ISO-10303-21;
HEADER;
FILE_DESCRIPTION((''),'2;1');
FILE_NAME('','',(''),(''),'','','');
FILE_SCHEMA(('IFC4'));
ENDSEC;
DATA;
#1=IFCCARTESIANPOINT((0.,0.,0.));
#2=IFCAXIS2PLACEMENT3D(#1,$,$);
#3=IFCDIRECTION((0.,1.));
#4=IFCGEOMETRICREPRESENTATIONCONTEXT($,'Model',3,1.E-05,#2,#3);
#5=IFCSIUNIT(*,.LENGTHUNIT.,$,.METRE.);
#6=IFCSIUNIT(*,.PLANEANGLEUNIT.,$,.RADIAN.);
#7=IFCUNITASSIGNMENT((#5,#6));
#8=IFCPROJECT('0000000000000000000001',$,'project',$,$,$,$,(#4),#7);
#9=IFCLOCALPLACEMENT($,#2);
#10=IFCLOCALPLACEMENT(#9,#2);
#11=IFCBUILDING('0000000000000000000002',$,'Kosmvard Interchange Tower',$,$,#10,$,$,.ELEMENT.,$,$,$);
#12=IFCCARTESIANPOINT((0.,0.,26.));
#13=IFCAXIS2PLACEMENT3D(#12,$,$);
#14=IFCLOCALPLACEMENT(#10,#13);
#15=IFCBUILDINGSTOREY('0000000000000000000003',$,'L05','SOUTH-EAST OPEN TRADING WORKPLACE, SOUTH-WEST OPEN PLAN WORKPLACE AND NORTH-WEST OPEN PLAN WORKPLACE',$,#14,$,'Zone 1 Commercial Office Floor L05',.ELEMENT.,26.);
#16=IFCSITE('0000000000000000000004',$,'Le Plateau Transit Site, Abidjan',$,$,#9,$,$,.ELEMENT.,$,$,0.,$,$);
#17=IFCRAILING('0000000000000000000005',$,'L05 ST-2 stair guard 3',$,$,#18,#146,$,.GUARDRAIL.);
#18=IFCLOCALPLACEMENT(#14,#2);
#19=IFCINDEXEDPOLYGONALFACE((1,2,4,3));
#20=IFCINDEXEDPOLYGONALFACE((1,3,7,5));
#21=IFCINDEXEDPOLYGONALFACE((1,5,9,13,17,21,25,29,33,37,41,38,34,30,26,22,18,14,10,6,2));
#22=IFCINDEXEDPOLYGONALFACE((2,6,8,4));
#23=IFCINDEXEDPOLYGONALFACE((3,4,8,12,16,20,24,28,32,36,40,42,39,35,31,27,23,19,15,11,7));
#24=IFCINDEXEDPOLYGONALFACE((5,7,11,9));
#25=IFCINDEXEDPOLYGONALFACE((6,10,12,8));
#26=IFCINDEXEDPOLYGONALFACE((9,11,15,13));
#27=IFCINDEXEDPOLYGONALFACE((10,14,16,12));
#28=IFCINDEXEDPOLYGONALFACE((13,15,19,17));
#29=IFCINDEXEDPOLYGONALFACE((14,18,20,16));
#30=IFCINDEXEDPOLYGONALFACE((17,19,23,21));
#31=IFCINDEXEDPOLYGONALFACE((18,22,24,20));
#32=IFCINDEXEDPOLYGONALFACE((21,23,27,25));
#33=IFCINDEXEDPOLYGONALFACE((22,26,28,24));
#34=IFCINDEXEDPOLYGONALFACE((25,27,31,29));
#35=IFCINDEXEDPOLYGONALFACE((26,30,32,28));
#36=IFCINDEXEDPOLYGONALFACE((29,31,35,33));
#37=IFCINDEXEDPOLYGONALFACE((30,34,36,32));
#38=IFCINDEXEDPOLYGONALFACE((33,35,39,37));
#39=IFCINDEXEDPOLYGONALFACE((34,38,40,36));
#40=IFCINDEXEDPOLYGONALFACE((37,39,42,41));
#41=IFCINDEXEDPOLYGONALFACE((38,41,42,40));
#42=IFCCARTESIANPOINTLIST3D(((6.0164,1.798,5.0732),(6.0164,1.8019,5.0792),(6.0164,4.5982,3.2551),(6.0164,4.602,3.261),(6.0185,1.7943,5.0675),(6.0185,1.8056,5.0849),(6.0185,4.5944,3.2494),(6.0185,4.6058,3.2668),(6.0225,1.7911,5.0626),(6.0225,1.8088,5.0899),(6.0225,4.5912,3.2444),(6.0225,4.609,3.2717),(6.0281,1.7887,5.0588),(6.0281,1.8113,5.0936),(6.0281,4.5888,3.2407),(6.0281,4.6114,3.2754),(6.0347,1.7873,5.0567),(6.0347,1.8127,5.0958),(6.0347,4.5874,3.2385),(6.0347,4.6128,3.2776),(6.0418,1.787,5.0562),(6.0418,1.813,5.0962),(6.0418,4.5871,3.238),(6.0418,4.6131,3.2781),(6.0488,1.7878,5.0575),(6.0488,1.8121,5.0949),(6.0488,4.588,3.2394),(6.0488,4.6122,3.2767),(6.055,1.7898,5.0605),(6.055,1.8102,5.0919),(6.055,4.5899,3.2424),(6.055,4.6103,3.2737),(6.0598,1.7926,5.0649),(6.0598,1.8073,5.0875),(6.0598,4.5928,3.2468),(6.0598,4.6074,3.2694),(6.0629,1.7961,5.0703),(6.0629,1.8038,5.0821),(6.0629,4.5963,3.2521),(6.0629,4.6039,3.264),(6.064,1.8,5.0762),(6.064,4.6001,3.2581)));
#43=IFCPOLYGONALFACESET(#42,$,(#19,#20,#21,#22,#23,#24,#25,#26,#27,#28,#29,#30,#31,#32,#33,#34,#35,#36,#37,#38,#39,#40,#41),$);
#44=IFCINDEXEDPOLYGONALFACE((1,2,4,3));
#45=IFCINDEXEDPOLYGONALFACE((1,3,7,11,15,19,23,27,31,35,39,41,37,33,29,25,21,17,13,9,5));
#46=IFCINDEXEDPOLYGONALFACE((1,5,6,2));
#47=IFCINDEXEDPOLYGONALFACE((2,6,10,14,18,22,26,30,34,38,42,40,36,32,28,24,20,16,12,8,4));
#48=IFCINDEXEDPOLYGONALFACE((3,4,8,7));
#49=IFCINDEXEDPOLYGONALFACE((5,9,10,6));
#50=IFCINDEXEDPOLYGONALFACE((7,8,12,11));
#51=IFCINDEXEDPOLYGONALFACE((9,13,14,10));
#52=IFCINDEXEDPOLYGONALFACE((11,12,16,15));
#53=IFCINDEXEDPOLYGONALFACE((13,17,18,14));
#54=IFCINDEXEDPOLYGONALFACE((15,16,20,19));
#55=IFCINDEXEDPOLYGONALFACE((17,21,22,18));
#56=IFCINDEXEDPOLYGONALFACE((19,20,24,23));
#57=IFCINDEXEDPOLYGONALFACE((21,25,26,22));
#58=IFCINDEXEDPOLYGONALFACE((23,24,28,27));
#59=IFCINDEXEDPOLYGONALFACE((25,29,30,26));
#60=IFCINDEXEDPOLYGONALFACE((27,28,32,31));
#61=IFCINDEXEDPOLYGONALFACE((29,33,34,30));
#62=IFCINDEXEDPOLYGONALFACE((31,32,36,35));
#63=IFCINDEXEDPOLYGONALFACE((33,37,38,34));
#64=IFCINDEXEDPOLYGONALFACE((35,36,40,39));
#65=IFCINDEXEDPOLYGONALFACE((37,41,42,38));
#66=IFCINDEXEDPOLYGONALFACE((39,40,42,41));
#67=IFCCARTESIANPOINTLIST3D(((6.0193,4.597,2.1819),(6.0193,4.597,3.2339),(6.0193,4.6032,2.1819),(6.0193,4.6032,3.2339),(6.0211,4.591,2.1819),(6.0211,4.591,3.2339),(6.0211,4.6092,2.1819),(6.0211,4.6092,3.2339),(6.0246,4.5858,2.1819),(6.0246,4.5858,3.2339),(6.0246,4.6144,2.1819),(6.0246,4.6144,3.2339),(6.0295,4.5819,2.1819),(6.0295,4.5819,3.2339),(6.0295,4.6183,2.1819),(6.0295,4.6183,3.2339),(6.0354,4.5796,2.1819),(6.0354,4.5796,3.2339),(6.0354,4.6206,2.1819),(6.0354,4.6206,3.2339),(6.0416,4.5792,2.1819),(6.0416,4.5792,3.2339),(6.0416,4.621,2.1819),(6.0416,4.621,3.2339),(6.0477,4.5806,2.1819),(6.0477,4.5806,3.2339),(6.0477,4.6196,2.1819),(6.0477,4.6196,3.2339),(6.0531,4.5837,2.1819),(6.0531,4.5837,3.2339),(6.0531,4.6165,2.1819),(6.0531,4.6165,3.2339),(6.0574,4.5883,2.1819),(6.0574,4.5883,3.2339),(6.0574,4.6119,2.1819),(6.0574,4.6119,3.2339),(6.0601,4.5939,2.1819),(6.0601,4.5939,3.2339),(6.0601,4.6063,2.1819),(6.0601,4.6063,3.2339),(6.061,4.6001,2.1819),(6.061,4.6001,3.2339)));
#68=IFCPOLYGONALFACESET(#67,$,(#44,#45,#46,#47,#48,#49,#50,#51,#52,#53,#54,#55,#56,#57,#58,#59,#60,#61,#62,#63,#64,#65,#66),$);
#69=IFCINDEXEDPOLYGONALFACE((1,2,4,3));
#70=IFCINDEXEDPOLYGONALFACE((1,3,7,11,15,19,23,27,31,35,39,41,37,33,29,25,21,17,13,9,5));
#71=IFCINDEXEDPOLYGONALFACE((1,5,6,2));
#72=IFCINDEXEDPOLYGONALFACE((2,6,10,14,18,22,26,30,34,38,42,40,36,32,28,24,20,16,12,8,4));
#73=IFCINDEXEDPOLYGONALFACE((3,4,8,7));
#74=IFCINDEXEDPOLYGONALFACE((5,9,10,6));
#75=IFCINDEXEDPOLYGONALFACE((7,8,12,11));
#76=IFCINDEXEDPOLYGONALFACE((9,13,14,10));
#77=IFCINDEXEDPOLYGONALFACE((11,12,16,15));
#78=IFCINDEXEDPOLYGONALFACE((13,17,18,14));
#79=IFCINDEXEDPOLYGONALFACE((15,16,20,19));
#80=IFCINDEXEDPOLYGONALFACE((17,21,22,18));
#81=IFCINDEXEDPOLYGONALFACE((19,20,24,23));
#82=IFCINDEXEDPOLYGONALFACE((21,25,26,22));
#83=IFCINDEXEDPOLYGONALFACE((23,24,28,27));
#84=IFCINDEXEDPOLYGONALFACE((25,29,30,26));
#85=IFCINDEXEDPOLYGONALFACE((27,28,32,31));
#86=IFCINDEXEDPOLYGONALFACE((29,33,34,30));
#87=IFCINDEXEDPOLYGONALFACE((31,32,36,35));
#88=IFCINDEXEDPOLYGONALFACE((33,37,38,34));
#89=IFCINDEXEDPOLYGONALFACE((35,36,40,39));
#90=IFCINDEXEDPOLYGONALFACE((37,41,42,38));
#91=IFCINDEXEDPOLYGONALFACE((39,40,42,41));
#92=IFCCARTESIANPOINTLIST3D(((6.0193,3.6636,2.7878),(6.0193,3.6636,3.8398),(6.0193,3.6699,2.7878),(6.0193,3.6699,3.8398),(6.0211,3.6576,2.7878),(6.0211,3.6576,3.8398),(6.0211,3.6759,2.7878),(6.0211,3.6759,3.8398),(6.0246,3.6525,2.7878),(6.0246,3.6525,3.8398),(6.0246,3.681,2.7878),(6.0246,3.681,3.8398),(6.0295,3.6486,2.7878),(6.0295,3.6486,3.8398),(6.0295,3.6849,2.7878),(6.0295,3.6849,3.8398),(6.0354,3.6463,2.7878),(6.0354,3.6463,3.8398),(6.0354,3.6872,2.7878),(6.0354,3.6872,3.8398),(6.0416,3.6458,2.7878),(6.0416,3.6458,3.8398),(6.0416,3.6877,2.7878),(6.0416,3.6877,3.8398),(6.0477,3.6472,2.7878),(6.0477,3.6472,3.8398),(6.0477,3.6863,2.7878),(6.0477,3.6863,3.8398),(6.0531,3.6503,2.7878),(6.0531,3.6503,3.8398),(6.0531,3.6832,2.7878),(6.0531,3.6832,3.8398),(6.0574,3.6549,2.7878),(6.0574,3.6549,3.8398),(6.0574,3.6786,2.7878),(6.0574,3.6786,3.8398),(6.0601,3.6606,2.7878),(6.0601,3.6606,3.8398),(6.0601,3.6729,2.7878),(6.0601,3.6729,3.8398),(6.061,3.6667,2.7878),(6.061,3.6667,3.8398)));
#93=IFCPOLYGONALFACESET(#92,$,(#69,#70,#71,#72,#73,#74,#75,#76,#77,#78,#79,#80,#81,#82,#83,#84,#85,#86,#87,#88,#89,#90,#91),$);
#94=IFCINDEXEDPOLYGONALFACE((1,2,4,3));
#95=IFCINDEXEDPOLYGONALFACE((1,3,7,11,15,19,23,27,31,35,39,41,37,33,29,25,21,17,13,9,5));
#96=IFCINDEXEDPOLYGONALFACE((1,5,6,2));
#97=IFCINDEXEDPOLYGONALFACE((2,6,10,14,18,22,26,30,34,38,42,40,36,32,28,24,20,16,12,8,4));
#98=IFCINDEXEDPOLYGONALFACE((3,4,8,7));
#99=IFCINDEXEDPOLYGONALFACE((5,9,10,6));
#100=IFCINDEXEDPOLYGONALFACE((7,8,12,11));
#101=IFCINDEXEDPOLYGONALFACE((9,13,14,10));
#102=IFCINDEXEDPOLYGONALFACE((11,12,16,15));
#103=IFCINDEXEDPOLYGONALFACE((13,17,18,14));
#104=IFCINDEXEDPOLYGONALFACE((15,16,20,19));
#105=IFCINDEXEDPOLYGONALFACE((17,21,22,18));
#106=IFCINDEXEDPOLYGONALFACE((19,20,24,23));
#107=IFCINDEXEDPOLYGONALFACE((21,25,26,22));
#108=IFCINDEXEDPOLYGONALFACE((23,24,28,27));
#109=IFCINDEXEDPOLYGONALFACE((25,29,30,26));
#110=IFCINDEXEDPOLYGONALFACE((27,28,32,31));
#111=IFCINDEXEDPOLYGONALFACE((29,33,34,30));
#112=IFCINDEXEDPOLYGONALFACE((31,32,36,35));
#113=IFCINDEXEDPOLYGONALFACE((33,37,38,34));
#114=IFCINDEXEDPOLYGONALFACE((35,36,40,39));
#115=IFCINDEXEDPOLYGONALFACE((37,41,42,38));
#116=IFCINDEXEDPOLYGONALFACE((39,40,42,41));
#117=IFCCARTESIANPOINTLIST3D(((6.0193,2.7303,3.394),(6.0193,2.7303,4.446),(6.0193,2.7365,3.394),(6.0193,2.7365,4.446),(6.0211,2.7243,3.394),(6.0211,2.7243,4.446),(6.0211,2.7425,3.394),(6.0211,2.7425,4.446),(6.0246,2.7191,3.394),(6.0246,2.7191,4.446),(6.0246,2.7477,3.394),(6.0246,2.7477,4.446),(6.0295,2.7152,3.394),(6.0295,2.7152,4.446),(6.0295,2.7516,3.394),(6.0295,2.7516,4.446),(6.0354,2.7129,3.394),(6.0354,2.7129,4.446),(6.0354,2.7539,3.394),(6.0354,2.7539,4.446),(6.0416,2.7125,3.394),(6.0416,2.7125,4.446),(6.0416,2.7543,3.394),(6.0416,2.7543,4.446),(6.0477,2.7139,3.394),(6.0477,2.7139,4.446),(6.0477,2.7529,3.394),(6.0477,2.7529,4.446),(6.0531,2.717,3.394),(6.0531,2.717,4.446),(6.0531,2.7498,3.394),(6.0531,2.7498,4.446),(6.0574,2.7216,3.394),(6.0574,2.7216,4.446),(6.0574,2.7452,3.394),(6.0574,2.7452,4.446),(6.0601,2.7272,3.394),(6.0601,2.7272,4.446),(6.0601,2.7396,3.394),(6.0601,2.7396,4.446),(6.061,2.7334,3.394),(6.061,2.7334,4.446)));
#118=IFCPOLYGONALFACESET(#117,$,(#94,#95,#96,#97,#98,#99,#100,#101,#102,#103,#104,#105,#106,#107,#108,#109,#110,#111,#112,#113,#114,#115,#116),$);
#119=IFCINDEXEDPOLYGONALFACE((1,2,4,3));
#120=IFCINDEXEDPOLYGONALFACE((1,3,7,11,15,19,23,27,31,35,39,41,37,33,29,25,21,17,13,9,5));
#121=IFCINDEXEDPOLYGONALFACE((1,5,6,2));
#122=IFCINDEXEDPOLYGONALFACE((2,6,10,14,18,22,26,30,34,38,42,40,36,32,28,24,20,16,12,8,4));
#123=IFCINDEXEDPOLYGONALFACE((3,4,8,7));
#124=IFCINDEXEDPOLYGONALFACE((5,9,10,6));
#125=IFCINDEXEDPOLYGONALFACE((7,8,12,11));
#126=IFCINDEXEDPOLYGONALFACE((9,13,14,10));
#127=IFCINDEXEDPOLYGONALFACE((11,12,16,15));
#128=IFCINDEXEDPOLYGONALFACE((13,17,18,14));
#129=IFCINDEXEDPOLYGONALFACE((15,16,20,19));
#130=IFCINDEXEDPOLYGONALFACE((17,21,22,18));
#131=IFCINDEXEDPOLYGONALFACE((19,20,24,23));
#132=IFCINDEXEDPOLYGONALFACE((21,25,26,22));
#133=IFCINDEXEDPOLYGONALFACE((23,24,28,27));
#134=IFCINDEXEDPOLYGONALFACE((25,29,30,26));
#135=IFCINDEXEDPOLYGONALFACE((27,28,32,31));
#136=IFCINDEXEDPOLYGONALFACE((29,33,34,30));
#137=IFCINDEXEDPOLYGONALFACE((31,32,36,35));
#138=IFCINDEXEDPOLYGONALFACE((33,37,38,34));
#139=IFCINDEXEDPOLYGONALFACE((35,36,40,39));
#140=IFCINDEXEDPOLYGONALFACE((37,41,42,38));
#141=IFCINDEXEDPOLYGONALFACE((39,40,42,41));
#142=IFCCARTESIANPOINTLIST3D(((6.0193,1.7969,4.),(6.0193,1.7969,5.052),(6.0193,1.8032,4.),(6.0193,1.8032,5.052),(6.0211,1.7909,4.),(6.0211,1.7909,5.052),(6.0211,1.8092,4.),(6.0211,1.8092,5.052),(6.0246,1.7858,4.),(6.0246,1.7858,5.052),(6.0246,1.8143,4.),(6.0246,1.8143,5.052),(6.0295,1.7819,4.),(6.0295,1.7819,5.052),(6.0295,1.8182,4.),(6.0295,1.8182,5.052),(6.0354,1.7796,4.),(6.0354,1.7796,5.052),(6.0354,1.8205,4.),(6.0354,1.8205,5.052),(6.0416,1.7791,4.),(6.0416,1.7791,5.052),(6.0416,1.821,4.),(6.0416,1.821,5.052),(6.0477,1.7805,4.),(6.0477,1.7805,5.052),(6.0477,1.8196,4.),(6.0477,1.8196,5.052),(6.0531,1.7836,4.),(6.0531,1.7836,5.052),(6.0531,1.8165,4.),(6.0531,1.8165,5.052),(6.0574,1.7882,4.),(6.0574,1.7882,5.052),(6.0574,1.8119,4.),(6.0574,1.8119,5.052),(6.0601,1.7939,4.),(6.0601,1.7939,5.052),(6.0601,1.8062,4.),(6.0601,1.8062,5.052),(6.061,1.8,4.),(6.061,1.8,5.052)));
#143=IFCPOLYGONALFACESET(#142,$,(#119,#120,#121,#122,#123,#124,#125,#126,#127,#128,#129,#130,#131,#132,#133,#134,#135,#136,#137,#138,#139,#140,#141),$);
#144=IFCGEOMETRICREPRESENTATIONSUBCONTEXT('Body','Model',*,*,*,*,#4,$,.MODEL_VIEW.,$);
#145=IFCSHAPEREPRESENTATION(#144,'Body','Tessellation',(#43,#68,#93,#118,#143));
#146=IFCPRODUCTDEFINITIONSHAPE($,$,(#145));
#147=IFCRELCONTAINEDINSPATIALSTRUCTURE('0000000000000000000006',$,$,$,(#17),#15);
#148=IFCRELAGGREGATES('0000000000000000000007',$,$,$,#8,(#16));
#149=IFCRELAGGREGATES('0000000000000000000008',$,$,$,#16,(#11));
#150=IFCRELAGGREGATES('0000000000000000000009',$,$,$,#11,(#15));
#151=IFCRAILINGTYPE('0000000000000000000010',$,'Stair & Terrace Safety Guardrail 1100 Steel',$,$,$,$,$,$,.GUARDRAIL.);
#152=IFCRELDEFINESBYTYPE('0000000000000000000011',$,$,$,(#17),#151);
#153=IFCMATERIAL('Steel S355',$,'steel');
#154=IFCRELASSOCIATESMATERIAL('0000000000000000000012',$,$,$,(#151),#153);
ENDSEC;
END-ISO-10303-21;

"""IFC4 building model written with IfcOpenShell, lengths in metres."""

from ifc_helpers import new_model, si_unit, direction, frame, origin, origin_2d, place, context, subcontext, project, spatial, circle, extrude, source, transform, mapped, material, type_object, element, save


model = new_model("IFC4")

# Units and contexts
model_context = context("Model", 3, precision=1e-05, world=origin(), true_north=direction((0.0, 1.0)))
body_context = subcontext(model_context, "Body", "Model", "MODEL_VIEW")
ifc_project = project(units=[si_unit("LENGTHUNIT", "METRE"), si_unit("PLANEANGLEUNIT", "RADIAN")], contexts=[model_context])

# Site, building, storey
site_placement = place(None, origin())
site = spatial("IfcSite", under=ifc_project, at=site_placement, Name="Le Plateau Transit Site, Abidjan", CompositionType="ELEMENT", RefElevation=0.0)
building_placement = place(site_placement, origin())
building = spatial("IfcBuilding", under=site, at=building_placement, Name="Kosmvard Interchange Tower", CompositionType="ELEMENT")
storey_placement = place(building_placement, frame((0.0, 0.0, 26.0)))
storey = spatial("IfcBuildingStorey", under=building, at=storey_placement, Name="L05", Description="SOUTH-EAST OPEN TRADING WORKPLACE, SOUTH-WEST OPEN PLAN WORKPLACE AND NORTH-WEST OPEN PLAN WORKPLACE", LongName="Zone 1 Commercial Office Floor L05", CompositionType="ELEMENT", Elevation=26.0)

# Railing
ifc_material_1 = material(Name="Steel S355", Category="steel")
railing_type_1 = type_object("IfcRailingType", Name="Stair & Terrace Safety Guardrail 1100 Steel", PredefinedType="GUARDRAIL", material=ifc_material_1)
shared_shape_1 = source(origin(), body_context, "Body", "SweptSolid", [
    extrude(circle(Radius=0.0239, at=origin_2d()), frame((0.0, 0.0, 1.0762), z_axis=(0.0, -0.838706, 0.544585), x_axis=(1.0, 0.0, 0.0)), (0.0, 0.0, 1.0), 3.3386),
    extrude(circle(Radius=0.021, at=origin_2d()), origin(), (0.0, 0.0, 1.0), 1.052),
    extrude(circle(Radius=0.021, at=origin_2d()), frame((0.0, -0.9333, 0.606)), (0.0, 0.0, 1.0), 1.052),
    extrude(circle(Radius=0.021, at=origin_2d()), frame((0.0, -1.8667, 1.2122)), (0.0, 0.0, 1.0), 1.052),
    extrude(circle(Radius=0.021, at=origin_2d()), frame((0.0, -2.8, 1.8181)), (0.0, 0.0, 1.0), 1.052),
])
railing_1_placement = place(storey_placement, frame((6.04, 4.6001, 2.1819)))
element("IfcRailing", 1, at=railing_1_placement, inside=storey, type_object=railing_type_1, Name="L05 ST-2 stair guard 3", PredefinedType="GUARDRAIL", context=body_context, shape_type="MappedRepresentation", body=[
    mapped(shared_shape_1, transform((0.0, 0.0, 0.0), scale=1.0)),
])

save(model, "model.ifc")
